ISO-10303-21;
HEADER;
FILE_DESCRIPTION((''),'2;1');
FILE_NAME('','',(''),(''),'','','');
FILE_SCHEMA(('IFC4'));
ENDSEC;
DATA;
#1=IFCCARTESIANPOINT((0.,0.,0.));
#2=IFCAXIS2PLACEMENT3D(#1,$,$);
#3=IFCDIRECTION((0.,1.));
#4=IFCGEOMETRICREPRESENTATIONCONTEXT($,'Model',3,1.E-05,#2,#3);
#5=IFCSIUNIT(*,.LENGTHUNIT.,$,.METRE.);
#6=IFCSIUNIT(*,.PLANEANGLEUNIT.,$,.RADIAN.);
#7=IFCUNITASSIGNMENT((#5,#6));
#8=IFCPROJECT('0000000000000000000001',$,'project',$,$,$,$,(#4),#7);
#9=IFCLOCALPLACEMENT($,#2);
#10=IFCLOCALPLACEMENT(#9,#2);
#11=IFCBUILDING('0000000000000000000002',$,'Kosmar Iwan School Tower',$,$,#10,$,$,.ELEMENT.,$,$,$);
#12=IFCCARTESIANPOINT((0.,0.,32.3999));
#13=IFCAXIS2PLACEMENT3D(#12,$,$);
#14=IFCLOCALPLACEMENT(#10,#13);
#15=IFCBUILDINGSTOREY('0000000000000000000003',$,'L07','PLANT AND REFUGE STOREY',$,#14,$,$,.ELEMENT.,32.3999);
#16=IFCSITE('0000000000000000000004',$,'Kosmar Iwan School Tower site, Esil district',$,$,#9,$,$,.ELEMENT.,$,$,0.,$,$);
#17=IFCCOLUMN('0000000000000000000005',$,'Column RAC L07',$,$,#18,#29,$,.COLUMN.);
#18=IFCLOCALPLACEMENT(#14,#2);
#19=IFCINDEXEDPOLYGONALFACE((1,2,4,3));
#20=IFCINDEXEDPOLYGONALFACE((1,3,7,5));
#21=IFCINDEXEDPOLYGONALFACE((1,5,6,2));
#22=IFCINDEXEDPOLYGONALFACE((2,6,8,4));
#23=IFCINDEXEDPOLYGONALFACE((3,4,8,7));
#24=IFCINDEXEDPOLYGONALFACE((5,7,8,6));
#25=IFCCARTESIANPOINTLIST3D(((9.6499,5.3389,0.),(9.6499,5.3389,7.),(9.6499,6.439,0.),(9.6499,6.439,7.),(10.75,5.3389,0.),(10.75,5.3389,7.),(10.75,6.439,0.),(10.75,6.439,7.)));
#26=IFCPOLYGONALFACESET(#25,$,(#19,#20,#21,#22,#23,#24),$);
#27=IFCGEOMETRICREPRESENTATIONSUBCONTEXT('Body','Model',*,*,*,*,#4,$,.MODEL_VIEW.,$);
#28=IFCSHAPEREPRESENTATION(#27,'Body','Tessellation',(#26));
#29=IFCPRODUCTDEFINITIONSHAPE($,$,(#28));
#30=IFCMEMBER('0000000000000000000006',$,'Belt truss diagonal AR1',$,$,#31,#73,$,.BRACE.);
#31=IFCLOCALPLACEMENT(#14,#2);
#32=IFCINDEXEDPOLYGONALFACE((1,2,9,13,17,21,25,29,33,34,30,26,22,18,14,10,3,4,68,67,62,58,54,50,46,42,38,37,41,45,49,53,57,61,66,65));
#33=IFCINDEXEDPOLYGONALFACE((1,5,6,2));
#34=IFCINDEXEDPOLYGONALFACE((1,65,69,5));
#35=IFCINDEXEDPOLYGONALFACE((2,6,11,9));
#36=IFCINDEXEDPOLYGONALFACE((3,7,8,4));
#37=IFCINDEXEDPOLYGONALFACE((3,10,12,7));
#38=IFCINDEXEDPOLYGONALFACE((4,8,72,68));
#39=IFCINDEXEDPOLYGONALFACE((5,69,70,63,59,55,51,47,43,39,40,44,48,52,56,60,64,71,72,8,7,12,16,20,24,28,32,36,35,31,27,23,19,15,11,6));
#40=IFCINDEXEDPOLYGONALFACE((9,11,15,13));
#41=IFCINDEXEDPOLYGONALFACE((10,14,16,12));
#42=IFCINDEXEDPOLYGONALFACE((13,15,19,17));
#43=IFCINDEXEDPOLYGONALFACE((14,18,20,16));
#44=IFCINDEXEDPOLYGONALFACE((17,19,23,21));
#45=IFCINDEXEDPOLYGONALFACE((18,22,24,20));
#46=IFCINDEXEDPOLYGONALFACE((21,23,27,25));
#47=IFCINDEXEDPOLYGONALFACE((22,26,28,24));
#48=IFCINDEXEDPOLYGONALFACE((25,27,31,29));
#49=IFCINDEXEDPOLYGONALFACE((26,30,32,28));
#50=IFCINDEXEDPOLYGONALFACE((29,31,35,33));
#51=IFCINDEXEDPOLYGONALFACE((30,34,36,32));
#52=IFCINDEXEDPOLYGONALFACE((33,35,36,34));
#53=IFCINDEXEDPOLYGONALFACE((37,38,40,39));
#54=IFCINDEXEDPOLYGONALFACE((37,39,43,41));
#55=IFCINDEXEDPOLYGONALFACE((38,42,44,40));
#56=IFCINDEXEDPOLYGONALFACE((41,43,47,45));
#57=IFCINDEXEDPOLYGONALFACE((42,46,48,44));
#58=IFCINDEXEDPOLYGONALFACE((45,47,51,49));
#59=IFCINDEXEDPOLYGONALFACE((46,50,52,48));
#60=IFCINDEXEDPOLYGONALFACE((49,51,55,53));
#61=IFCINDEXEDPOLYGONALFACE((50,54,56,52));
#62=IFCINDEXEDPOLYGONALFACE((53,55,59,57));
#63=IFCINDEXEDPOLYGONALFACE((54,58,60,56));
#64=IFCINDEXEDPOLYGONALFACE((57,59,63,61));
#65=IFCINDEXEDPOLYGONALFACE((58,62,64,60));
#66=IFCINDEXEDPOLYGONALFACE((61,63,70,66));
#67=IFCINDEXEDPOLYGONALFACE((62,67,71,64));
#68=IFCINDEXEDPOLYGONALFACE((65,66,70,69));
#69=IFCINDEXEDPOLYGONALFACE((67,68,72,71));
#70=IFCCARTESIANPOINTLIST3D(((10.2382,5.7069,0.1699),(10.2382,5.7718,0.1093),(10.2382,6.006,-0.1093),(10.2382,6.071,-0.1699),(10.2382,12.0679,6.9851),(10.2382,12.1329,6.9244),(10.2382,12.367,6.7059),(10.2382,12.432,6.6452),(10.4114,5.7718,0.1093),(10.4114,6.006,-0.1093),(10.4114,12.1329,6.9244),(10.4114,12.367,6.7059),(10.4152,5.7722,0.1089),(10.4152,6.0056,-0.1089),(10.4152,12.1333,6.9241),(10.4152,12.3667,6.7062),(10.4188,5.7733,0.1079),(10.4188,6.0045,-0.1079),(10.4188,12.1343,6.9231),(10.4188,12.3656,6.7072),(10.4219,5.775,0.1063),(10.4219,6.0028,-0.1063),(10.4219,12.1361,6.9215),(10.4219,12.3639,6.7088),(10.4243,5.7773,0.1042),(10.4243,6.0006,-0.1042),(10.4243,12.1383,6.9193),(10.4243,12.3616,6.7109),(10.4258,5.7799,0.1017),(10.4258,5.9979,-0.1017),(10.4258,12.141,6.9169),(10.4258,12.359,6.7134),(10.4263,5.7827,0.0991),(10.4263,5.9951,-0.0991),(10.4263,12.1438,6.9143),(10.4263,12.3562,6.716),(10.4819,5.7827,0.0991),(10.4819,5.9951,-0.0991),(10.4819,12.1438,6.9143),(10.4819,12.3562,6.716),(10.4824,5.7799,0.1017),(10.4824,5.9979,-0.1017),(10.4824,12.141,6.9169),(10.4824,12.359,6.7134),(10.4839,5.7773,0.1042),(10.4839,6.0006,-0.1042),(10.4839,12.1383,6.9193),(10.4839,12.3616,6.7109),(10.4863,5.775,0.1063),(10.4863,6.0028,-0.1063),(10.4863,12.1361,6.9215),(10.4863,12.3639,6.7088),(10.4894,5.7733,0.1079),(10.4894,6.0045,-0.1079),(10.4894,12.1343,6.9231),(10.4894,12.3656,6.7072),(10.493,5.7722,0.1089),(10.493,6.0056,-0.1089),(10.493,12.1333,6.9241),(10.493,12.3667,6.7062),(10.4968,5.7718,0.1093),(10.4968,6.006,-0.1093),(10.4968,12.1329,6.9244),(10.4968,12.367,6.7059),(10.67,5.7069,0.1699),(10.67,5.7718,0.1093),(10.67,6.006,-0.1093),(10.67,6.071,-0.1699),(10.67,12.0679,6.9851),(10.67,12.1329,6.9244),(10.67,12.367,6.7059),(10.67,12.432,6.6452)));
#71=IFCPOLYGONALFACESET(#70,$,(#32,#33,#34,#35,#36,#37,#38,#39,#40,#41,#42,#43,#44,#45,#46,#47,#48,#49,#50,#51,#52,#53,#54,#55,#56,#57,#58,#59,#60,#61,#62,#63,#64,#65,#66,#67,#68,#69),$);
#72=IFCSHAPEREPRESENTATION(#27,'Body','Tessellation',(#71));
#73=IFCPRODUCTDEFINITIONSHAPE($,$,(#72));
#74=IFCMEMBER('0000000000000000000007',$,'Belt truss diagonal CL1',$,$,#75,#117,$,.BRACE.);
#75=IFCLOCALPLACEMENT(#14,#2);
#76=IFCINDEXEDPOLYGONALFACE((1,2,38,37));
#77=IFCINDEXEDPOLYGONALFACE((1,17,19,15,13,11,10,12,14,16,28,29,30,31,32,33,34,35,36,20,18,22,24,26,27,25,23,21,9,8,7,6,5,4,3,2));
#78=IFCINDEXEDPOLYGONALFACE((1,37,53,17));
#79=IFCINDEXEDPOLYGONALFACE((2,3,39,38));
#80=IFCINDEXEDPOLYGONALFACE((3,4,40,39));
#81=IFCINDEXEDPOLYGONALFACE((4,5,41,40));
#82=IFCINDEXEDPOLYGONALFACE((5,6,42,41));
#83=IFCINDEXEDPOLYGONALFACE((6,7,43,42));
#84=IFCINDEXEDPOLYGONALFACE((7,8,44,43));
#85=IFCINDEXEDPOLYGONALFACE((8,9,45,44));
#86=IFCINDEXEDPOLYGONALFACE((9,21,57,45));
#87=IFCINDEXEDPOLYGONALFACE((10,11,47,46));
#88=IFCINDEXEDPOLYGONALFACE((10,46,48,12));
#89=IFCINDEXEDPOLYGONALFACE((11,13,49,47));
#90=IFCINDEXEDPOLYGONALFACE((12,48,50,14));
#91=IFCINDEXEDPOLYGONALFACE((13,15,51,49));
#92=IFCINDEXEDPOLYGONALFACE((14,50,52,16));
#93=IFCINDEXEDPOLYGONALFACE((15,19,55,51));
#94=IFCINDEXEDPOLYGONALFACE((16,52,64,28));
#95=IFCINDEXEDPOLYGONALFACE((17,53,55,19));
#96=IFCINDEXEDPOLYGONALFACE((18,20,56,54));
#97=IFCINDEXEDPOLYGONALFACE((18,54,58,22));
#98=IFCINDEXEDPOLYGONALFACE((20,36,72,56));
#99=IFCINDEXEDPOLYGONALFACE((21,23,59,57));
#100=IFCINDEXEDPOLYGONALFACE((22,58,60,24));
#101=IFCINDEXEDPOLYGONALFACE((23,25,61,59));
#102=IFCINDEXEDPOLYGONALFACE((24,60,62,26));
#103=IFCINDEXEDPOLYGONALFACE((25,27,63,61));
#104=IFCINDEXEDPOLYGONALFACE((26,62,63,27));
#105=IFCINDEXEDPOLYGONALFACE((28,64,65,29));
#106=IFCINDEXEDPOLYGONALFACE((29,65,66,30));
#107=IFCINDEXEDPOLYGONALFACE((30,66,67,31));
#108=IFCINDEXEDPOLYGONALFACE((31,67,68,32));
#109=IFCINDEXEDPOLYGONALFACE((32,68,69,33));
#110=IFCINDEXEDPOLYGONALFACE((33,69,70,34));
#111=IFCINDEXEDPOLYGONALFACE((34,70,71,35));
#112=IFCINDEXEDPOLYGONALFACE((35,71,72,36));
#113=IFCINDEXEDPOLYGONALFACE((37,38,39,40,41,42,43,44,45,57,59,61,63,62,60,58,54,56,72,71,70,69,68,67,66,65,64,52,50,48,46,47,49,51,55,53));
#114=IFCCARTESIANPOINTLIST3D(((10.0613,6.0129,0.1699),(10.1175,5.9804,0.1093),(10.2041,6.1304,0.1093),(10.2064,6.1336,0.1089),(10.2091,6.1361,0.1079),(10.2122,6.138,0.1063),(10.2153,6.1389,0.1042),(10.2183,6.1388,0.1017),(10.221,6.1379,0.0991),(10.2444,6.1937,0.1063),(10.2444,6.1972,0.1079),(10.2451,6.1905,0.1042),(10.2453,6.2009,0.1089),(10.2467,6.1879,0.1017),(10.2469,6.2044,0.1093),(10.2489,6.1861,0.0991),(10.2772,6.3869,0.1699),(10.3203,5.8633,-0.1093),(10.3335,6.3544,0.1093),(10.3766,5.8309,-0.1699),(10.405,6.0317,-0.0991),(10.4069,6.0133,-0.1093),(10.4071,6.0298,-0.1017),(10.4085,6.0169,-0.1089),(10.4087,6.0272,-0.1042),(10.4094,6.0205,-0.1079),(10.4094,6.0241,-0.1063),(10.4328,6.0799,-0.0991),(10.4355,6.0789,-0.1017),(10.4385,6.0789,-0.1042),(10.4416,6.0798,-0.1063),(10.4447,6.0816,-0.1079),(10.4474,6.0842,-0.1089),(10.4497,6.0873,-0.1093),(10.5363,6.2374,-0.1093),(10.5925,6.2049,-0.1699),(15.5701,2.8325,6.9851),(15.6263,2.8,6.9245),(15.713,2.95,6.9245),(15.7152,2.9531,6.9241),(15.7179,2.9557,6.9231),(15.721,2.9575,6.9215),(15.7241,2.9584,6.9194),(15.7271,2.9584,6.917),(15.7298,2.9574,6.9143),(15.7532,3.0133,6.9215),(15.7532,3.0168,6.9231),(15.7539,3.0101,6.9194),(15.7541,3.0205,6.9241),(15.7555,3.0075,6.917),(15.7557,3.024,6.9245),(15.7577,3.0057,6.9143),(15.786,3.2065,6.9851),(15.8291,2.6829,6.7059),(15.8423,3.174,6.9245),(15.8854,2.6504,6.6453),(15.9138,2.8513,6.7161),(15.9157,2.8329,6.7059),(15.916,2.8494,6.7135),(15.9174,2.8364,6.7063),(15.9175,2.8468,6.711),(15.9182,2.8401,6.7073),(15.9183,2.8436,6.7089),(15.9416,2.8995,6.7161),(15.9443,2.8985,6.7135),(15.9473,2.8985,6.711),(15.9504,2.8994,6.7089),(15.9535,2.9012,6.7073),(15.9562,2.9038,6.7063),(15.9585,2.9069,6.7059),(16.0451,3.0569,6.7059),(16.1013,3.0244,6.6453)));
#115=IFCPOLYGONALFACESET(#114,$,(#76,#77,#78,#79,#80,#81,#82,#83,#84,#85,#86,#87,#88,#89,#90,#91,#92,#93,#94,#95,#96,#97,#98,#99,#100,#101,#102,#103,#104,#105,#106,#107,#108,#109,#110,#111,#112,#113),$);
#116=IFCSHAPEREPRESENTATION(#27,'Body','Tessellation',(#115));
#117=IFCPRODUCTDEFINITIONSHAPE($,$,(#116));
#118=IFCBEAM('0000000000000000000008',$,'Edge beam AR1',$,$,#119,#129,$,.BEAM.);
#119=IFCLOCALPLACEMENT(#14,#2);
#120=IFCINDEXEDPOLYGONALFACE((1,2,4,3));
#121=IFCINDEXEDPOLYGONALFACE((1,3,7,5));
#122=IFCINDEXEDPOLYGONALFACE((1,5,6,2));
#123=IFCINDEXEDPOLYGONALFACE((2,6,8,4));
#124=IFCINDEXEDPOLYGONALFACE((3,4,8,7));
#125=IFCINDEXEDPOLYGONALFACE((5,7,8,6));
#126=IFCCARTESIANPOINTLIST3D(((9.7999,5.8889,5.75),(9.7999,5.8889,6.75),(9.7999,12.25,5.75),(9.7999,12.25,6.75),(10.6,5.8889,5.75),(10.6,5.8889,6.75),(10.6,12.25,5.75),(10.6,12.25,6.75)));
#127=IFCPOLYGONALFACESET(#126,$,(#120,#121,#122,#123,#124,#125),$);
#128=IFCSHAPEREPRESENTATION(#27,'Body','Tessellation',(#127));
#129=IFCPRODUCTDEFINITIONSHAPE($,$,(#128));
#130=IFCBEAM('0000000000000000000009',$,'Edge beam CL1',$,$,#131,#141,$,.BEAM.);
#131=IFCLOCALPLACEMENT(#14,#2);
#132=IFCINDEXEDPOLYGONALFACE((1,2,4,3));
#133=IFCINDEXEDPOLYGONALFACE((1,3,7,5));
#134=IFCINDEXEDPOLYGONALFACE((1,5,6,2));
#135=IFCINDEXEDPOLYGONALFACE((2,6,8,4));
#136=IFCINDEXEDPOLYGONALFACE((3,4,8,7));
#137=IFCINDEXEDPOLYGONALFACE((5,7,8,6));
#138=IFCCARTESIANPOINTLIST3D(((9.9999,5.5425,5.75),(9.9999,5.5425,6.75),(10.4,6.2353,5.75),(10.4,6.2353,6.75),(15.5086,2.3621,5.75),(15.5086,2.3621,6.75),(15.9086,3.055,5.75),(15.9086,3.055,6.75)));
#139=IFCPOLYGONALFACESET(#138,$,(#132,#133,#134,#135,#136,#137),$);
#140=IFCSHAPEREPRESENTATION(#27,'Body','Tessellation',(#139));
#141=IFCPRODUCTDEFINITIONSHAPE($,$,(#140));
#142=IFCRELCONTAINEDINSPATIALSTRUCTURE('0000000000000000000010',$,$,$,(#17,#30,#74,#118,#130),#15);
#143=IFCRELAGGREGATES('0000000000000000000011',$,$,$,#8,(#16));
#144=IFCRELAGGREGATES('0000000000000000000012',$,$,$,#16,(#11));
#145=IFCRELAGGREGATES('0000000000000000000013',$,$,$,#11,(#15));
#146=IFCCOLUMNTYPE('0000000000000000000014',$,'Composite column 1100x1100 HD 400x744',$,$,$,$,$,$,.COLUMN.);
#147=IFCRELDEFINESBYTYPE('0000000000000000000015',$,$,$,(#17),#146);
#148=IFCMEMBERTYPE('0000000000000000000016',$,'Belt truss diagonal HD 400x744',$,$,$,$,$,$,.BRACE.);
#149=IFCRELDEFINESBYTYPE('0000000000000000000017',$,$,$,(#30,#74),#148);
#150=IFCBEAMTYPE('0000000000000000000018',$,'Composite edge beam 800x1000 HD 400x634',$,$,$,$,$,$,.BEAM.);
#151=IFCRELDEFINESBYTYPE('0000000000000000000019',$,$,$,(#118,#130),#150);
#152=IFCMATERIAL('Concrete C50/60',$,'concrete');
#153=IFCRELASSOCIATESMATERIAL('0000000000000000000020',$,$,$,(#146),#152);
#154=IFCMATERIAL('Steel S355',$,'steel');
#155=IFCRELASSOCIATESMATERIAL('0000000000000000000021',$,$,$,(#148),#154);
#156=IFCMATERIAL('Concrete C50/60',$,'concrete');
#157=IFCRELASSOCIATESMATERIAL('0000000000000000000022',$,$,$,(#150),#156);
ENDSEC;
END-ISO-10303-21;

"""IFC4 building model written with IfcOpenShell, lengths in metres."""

from ifc_helpers import new_model, si_unit, direction, frame, origin, origin_2d, place, context, subcontext, project, spatial, rectangle, i_section, extrude, material, material_profile, profile_set, type_object, element, save


model = new_model("IFC4")

# Units and contexts
model_context = context("Model", 3, precision=1e-05, world=origin(), true_north=direction((0.0, 1.0)))
body_context = subcontext(model_context, "Body", "Model", "MODEL_VIEW")
ifc_project = project(units=[si_unit("LENGTHUNIT", "METRE"), si_unit("PLANEANGLEUNIT", "RADIAN")], contexts=[model_context])

# Site, building, storey
site_placement = place(None, origin())
site = spatial("IfcSite", under=ifc_project, at=site_placement, Name="Kosmar Iwan School Tower site, Esil district", CompositionType="ELEMENT", RefElevation=0.0)
building_placement = place(site_placement, origin())
building = spatial("IfcBuilding", under=site, at=building_placement, Name="Kosmar Iwan School Tower", CompositionType="ELEMENT")
storey_placement = place(building_placement, frame((0.0, 0.0, 32.3999)))
storey = spatial("IfcBuildingStorey", under=building, at=storey_placement, Name="L07", Description="PLANT AND REFUGE STOREY", CompositionType="ELEMENT", Elevation=32.3999)

# Column
ifc_material_1 = material(Name="Concrete C50/60", Category="concrete")
ifc_material_profile_1 = material_profile(ifc_material_1, rectangle(XDim=1.1001, YDim=1.1001, at=origin_2d()), Name="RC 1100x1100 + HD 400x744")
ifc_profile_set_1 = profile_set([ifc_material_profile_1], Name="Concrete C50/60")
column_type = type_object("IfcColumnType", Name="Composite column 1100x1100 HD 400x744", PredefinedType="COLUMN", material=ifc_profile_set_1)
column_placement = place(storey_placement, frame((10.2, 5.8889, 0.0), z_axis=(0.0, 0.0, 1.0), x_axis=(1.0, 0.0, 0.0)))
element("IfcColumn", 1, at=column_placement, inside=storey, type_object=column_type, Name="Column RAC L07", PredefinedType="COLUMN", context=body_context, shape_type="SweptSolid", body=[
    extrude(rectangle(XDim=1.1001, YDim=1.1001, at=origin_2d()), origin(), (0.0, 0.0, 1.0), 7.0),
])

# Members
ifc_material_2 = material(Name="Steel S355", Category="steel")
ifc_material_profile_2 = material_profile(ifc_material_2, i_section(OverallWidth=0.4319, OverallDepth=0.498, WebThickness=0.0557, FlangeThickness=0.0889, FilletRadius=0.0149, at=origin_2d()), Name="HD 400x744")
ifc_profile_set_2 = profile_set([ifc_material_profile_2], Name="Steel S355")
member_type = type_object("IfcMemberType", Name="Belt truss diagonal HD 400x744", PredefinedType="BRACE", material=ifc_profile_set_2)
for number, where, z_axis, x_axis, name in (
    (2, (10.4541, 5.8889, 0.0), (0.0, 0.682332, 0.731042), (-1.0, 0.0, 0.0), "Belt truss diagonal AR1"),
    (3, (10.3269, 6.1089, 0.0), (0.590915, -0.341156, 0.731049), (0.49999, 0.866031, 0.0), "Belt truss diagonal CL1"),
):
    element("IfcMember", number, at=place(storey_placement, frame(where, z_axis=z_axis, x_axis=x_axis)), inside=storey, type_object=member_type, Name=name, PredefinedType="BRACE", context=body_context, shape_type="SweptSolid", body=[
        extrude(i_section(OverallWidth=0.4319, OverallDepth=0.498, WebThickness=0.0557, FlangeThickness=0.0889, FilletRadius=0.0149, at=origin_2d()), origin(), (0.0, 0.0, 1.0), 9.3225),
    ])

# Beams
ifc_material_3 = material(Name="Concrete C50/60", Category="concrete")
ifc_material_profile_3 = material_profile(ifc_material_3, rectangle(XDim=0.8, YDim=1.0, at=origin_2d()), Name="RC 800x1000 + HD 400x634")
ifc_profile_set_3 = profile_set([ifc_material_profile_3], Name="Concrete C50/60")
beam_type = type_object("IfcBeamType", Name="Composite edge beam 800x1000 HD 400x634", PredefinedType="BEAM", material=ifc_profile_set_3)
beam_1_placement = place(storey_placement, frame((10.2, 5.8889, 6.25), z_axis=(0.0, 1.0, 0.0), x_axis=(-1.0, 0.0, 0.0)))
element("IfcBeam", 4, at=beam_1_placement, inside=storey, type_object=beam_type, Name="Edge beam AR1", PredefinedType="BEAM", context=body_context, shape_type="SweptSolid", body=[
    extrude(rectangle(XDim=0.8, YDim=1.0, at=origin_2d()), origin(), (0.0, 0.0, 1.0), 6.3611),
])
beam_2_placement = place(storey_placement, frame((10.2, 5.8889, 6.25), z_axis=(0.866031, -0.49999, 0.0), x_axis=(0.49999, 0.866031, 0.0)))
element("IfcBeam", 5, at=beam_2_placement, inside=storey, type_object=beam_type, Name="Edge beam CL1", PredefinedType="BEAM", context=body_context, shape_type="SweptSolid", body=[
    extrude(rectangle(XDim=0.8, YDim=1.0, at=origin_2d()), origin(), (0.0, 0.0, 1.0), 6.3608),
])

save(model, "model.ifc")
